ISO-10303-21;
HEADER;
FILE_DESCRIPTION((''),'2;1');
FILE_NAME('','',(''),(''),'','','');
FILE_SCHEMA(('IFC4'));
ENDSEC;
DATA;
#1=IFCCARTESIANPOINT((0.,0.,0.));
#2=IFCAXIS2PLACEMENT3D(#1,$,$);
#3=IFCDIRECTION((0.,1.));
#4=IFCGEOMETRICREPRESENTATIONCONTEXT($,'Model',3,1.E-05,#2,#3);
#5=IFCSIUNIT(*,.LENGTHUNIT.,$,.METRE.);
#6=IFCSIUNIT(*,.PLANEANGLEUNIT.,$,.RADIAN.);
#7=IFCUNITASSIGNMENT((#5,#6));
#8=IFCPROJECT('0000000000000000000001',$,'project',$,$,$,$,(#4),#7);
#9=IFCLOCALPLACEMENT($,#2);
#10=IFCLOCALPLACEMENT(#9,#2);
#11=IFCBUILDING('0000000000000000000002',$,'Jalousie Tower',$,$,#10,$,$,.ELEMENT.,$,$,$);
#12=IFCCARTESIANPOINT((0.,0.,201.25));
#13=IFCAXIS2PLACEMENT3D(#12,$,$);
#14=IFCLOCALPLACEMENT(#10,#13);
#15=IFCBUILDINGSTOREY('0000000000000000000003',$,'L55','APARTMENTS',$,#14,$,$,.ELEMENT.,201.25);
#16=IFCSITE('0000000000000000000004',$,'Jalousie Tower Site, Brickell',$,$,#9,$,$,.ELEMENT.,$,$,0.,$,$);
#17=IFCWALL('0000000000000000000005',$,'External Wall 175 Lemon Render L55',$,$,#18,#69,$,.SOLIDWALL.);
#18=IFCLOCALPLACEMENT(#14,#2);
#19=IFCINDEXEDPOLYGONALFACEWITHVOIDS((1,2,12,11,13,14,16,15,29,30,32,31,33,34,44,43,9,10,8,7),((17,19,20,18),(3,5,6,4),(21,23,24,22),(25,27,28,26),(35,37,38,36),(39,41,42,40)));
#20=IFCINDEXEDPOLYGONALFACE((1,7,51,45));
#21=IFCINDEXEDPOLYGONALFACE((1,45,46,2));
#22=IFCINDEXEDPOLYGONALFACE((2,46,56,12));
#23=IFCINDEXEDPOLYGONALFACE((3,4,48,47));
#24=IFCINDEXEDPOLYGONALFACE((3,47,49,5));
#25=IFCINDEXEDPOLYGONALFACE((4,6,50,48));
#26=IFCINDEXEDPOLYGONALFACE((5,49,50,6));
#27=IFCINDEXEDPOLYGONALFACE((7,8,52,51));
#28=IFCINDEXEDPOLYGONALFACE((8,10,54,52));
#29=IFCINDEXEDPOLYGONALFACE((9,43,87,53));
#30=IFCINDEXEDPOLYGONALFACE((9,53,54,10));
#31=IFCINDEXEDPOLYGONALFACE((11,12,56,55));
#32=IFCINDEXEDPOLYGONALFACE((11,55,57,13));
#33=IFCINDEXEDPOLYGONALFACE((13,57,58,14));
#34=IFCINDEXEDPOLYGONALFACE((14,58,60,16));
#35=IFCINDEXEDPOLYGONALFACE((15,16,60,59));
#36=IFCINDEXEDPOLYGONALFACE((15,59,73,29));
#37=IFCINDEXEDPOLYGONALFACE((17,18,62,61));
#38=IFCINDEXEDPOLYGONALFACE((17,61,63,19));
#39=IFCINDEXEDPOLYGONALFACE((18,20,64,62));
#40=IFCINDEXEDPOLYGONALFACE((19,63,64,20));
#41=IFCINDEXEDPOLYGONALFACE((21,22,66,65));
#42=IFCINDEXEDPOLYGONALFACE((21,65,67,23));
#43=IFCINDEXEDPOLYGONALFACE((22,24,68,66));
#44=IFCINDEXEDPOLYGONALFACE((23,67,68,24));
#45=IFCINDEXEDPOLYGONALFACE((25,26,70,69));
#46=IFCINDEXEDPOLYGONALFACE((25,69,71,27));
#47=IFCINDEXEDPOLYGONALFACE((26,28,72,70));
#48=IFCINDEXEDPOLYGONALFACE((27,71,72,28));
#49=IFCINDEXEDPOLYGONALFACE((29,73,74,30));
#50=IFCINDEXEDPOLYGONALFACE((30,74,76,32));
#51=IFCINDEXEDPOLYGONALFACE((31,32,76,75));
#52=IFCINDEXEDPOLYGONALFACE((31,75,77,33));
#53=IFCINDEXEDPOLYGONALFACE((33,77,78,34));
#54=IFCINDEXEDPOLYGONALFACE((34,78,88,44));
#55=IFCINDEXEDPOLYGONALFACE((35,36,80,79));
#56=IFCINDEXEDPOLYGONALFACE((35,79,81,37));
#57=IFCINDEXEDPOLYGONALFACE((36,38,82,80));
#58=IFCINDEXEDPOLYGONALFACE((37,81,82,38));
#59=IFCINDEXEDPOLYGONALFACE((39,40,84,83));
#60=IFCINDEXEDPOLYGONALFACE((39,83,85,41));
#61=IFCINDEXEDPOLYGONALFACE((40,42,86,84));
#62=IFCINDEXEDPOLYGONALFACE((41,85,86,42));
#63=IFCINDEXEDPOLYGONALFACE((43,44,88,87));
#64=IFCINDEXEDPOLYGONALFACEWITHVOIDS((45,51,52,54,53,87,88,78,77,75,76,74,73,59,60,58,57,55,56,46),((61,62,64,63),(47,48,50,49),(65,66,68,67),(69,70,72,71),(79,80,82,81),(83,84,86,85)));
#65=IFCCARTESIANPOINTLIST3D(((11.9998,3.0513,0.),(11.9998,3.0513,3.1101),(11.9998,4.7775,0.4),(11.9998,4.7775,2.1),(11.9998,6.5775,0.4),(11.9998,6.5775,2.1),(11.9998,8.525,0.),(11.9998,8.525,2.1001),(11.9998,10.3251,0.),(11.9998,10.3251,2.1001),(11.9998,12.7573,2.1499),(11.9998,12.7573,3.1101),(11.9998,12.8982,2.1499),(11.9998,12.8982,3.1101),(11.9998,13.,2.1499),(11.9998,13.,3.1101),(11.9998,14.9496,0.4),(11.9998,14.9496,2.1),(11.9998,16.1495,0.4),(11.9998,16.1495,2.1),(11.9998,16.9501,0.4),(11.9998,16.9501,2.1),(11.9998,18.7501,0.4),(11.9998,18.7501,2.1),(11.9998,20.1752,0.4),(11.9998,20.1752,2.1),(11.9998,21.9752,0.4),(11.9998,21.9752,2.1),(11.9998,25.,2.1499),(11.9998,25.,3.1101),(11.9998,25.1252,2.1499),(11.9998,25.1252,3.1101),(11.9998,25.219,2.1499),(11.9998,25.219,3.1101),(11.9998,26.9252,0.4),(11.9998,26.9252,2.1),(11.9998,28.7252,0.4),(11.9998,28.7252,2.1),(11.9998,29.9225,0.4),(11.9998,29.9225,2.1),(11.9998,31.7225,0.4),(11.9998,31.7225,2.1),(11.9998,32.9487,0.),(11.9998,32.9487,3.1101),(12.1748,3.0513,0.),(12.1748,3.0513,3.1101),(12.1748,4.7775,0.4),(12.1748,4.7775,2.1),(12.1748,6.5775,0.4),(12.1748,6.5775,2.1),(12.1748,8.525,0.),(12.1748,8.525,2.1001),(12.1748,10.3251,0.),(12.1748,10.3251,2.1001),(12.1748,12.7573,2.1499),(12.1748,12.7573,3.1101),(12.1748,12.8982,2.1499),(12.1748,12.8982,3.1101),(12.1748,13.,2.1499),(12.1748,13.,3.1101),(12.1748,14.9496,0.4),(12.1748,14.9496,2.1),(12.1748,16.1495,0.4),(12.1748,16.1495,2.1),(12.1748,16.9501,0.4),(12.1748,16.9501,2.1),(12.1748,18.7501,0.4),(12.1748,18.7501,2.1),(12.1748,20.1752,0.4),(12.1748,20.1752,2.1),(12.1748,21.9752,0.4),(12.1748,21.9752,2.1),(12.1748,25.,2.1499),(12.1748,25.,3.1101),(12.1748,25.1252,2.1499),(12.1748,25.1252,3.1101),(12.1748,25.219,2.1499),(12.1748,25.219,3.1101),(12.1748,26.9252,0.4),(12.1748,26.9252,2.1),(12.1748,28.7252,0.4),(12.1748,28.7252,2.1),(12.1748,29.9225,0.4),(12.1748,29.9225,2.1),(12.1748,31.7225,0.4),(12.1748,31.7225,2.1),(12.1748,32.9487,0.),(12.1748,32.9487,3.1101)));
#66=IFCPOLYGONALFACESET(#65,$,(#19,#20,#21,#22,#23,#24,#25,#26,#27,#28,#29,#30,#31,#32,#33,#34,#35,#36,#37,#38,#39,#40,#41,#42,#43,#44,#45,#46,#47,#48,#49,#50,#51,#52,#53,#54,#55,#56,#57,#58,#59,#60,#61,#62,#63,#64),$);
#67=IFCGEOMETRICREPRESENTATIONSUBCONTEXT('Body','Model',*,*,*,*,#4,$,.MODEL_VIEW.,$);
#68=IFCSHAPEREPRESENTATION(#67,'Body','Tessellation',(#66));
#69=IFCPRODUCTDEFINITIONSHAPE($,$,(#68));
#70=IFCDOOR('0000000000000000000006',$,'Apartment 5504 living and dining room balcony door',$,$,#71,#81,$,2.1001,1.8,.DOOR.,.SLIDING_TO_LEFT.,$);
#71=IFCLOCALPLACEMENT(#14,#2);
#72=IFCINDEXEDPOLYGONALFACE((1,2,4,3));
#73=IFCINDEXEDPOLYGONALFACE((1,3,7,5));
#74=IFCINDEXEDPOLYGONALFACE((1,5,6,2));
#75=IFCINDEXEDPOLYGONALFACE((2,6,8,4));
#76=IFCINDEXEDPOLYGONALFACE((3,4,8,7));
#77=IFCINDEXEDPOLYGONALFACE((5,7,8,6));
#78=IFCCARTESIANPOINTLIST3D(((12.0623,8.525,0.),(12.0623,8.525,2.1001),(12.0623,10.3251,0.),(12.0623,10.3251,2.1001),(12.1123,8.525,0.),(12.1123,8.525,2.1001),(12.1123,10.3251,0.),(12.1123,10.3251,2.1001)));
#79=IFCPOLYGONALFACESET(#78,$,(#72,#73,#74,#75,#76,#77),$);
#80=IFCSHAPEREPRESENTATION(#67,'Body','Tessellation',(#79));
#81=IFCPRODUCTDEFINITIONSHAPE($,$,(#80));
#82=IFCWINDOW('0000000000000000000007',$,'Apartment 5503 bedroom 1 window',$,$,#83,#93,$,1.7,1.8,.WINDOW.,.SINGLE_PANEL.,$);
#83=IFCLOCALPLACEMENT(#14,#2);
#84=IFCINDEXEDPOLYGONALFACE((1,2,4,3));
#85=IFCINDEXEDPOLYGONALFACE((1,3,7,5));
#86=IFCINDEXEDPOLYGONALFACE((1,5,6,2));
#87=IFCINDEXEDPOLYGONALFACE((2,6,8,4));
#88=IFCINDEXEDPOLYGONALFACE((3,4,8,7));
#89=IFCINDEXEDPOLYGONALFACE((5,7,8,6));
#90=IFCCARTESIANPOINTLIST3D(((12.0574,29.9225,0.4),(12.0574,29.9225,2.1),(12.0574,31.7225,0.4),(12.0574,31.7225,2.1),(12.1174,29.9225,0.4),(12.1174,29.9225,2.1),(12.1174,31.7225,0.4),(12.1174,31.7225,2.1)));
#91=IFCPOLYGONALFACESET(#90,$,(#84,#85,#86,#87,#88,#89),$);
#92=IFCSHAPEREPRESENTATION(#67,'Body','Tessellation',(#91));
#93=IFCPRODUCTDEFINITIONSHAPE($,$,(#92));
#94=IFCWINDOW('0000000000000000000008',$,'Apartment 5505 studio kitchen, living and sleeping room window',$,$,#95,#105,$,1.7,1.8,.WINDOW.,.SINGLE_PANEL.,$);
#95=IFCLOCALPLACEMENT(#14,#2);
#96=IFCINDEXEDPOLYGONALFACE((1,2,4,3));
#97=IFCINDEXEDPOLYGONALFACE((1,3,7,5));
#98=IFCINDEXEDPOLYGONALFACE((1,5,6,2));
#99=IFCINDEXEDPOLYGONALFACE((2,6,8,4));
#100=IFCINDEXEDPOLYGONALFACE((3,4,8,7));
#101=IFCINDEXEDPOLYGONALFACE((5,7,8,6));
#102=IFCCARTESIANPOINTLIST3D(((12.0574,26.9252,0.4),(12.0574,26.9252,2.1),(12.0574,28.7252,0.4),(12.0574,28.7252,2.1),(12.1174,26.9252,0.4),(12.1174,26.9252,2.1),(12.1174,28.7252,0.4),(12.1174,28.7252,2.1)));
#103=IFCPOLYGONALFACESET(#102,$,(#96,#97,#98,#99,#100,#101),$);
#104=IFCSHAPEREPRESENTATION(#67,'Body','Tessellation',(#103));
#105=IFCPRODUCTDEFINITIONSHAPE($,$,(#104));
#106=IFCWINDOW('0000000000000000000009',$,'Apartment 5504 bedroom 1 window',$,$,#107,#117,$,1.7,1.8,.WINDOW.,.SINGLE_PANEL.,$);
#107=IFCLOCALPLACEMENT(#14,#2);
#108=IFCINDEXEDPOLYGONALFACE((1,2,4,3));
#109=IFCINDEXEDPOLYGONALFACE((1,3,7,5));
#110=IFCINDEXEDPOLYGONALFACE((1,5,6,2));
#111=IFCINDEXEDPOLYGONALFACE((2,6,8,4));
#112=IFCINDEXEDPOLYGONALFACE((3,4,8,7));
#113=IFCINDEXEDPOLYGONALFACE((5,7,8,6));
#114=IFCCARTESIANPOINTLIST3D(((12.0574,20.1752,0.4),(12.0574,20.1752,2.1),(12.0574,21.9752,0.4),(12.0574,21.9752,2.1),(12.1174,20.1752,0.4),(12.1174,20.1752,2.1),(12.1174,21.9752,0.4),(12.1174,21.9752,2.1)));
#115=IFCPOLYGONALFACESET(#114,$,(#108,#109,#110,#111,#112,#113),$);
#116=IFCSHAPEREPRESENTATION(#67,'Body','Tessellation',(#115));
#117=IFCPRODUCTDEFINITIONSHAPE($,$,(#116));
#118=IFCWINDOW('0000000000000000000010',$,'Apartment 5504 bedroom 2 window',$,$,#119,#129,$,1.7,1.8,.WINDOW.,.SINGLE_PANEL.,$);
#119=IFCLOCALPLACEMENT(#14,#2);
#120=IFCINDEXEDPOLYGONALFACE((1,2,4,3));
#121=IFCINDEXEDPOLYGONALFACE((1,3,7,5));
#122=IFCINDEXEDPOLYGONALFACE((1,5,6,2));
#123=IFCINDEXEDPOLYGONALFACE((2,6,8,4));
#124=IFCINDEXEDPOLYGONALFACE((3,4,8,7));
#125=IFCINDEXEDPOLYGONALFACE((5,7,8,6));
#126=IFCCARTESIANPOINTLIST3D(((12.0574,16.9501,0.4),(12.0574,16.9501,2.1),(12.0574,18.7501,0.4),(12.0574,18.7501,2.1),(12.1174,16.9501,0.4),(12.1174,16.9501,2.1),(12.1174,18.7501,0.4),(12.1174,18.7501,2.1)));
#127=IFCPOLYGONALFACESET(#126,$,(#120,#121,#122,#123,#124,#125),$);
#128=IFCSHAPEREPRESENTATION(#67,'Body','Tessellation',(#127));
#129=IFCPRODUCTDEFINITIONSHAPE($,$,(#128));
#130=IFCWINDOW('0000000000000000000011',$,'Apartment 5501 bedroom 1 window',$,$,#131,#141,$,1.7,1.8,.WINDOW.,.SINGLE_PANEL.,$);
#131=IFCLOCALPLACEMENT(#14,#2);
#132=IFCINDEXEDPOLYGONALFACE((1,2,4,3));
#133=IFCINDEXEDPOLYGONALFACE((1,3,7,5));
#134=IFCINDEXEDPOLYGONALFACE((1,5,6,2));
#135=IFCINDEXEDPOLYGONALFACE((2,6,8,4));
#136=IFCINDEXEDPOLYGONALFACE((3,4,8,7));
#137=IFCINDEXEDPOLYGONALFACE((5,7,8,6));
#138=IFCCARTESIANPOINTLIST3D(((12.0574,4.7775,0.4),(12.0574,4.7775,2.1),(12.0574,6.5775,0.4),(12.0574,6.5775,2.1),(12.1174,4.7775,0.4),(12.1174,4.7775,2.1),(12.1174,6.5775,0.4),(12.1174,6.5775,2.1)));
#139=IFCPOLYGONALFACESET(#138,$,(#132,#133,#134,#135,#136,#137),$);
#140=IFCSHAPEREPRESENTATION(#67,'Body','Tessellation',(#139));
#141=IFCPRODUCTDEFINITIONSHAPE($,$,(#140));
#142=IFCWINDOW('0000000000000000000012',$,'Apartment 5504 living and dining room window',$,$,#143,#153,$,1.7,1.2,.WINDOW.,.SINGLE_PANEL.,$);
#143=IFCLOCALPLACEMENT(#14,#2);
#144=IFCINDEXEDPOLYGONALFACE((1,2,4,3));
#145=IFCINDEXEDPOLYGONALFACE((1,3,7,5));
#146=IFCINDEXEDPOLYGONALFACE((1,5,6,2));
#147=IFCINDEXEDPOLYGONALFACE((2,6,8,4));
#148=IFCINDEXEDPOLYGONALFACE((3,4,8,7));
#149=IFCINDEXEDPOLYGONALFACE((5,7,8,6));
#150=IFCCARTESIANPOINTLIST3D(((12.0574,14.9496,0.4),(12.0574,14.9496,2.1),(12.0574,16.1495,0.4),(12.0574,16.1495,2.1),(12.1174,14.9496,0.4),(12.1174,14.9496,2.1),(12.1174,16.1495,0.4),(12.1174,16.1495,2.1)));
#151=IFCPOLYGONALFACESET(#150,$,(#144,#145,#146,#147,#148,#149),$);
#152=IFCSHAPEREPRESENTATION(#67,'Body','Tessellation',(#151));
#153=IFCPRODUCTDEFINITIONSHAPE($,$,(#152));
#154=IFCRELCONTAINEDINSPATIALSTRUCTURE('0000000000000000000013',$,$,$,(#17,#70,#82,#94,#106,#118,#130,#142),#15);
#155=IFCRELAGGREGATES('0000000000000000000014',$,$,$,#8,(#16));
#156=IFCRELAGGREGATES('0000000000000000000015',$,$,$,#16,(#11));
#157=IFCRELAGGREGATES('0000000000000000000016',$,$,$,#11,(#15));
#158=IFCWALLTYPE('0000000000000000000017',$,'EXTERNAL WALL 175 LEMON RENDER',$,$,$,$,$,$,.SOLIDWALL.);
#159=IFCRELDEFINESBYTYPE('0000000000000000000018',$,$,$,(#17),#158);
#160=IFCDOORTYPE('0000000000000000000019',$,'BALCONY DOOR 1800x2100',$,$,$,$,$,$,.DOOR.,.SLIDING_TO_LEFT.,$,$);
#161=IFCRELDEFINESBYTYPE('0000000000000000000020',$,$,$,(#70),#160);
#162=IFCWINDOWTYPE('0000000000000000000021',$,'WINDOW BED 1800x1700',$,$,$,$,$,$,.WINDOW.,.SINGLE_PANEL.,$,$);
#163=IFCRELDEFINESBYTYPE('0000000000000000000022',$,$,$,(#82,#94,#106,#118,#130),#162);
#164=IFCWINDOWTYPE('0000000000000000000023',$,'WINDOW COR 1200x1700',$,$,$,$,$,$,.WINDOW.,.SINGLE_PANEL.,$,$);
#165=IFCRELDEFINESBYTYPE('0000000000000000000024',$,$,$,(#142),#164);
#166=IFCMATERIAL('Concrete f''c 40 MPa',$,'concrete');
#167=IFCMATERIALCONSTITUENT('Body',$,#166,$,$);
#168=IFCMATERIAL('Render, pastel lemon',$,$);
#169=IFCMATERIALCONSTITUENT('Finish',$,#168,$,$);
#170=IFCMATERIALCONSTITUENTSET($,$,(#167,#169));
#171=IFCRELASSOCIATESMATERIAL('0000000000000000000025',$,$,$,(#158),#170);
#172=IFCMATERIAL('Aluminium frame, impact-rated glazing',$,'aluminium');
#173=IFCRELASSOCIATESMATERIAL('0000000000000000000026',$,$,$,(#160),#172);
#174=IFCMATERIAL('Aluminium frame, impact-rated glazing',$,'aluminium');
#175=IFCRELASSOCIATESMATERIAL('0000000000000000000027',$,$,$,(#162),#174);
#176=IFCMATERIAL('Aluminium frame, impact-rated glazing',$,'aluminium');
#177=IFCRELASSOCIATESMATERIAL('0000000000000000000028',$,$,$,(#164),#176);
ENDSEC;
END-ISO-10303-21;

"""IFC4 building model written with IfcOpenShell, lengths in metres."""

from ifc_helpers import new_model, si_unit, direction, frame, frame_2d, origin, place, context, subcontext, project, spatial, polyline, rectangle, outline, extrude, material, constituent, constituent_set, type_object, element, fill, save


model = new_model("IFC4")

# Units and contexts
model_context = context("Model", 3, precision=1e-05, world=origin(), true_north=direction((0.0, 1.0)))
body_context = subcontext(model_context, "Body", "Model", "MODEL_VIEW")
ifc_project = project(units=[si_unit("LENGTHUNIT", "METRE"), si_unit("PLANEANGLEUNIT", "RADIAN")], contexts=[model_context])

# Site, building, storey
site_placement = place(None, origin())
site = spatial("IfcSite", under=ifc_project, at=site_placement, Name="Jalousie Tower Site, Brickell", CompositionType="ELEMENT", RefElevation=0.0)
building_placement = place(site_placement, origin())
building = spatial("IfcBuilding", under=site, at=building_placement, Name="Jalousie Tower", CompositionType="ELEMENT")
storey_placement = place(building_placement, frame((0.0, 0.0, 201.25)))
storey = spatial("IfcBuildingStorey", under=building, at=storey_placement, Name="L55", Description="APARTMENTS", CompositionType="ELEMENT", Elevation=201.25)

# Wall, openings, door, windows
ifc_material_1 = material(Name="Concrete f'c 40 MPa", Category="concrete")
ifc_constituent_1 = constituent(ifc_material_1, Name="Body")
ifc_material_2 = material(Name="Render, pastel lemon")
ifc_constituent_2 = constituent(ifc_material_2, Name="Finish")
ifc_constituent_set_1 = constituent_set(constituents=[ifc_constituent_1, ifc_constituent_2])
wall_type_1 = type_object("IfcWallType", Name="EXTERNAL WALL 175 LEMON RENDER", PredefinedType="SOLIDWALL", material=ifc_constituent_set_1)
wall_1_placement = place(storey_placement, frame((12.0874, 32.9487, 0.0), z_axis=(0.0, 0.0, 1.0), x_axis=(0.0, -1.0, 0.0)))
wall_1 = element("IfcWall", 1, at=wall_1_placement, inside=storey, type_object=wall_type_1, Name="External Wall 175 Lemon Render L55", PredefinedType="SOLIDWALL", context=body_context, shape_type="SweptSolid", body=[
    extrude(outline(polyline([(0.0, 0.0), (29.8975, 0.0), (29.8975, 3.1101), (20.1914, 3.1101), (20.1914, 2.1499), (20.0505, 2.1499), (20.0505, 3.1101), (19.9487, 3.1101), (19.9487, 2.1499), (7.9487, 2.1499), (7.9487, 3.1101), (7.8235, 3.1101), (7.8235, 2.1499), (7.7297, 2.1499), (7.7297, 3.1101), (0.0, 3.1101), (0.0, 0.0)])), frame((0.0, 0.0874, 0.0), z_axis=(0.0, -1.0, 0.0), x_axis=(1.0, 0.0, 0.0)), (0.0, 0.0, 1.0), 0.175),
])
opening_1_placement = place(wall_1_placement, frame((1.2263, 0.0, 0.3999)))
opening_1 = element("IfcOpeningElement", 2, at=opening_1_placement, cuts=wall_1, PredefinedType="OPENING", context=body_context, shape_type="SweptSolid", body=[
    extrude(rectangle(XDim=1.8, YDim=1.7, at=frame_2d((0.8999, 0.8501))), frame((0.0, 0.0974, 0.0), z_axis=(0.0, -1.0, 0.0), x_axis=(1.0, 0.0, 0.0)), (0.0, 0.0, 1.0), 0.1951),
])
opening_2_placement = place(wall_1_placement, frame((4.2236, 0.0, 0.3999)))
opening_2 = element("IfcOpeningElement", 3, at=opening_2_placement, cuts=wall_1, PredefinedType="OPENING", context=body_context, shape_type="SweptSolid", body=[
    extrude(rectangle(XDim=1.8, YDim=1.7, at=frame_2d((0.8999, 0.8501))), frame((0.0, 0.0974, 0.0), z_axis=(0.0, -1.0, 0.0), x_axis=(1.0, 0.0, 0.0)), (0.0, 0.0, 1.0), 0.1951),
])
opening_3_placement = place(wall_1_placement, frame((10.9736, 0.0, 0.3999)))
opening_3 = element("IfcOpeningElement", 4, at=opening_3_placement, cuts=wall_1, PredefinedType="OPENING", context=body_context, shape_type="SweptSolid", body=[
    extrude(rectangle(XDim=1.8, YDim=1.7, at=frame_2d((0.8999, 0.8501))), frame((0.0, 0.0974, 0.0), z_axis=(0.0, -1.0, 0.0), x_axis=(1.0, 0.0, 0.0)), (0.0, 0.0, 1.0), 0.1951),
])
opening_4_placement = place(wall_1_placement, frame((14.1987, 0.0, 0.3999)))
opening_4 = element("IfcOpeningElement", 5, at=opening_4_placement, cuts=wall_1, PredefinedType="OPENING", context=body_context, shape_type="SweptSolid", body=[
    extrude(rectangle(XDim=1.8, YDim=1.7, at=frame_2d((0.8999, 0.8501))), frame((0.0, 0.0974, 0.0), z_axis=(0.0, -1.0, 0.0), x_axis=(1.0, 0.0, 0.0)), (0.0, 0.0, 1.0), 0.1951),
])
opening_5_placement = place(wall_1_placement, frame((22.6238, 0.0, 0.0)))
opening_5 = element("IfcOpeningElement", 6, at=opening_5_placement, cuts=wall_1, PredefinedType="OPENING", context=body_context, shape_type="SweptSolid", body=[
    extrude(rectangle(XDim=1.8, YDim=2.1001, at=frame_2d((0.8999, 1.05))), frame((0.0, 0.0974, 0.0), z_axis=(0.0, -1.0, 0.0), x_axis=(1.0, 0.0, 0.0)), (0.0, 0.0, 1.0), 0.1951),
])
opening_6_placement = place(wall_1_placement, frame((16.7991, 0.0, 0.3999)))
opening_6 = element("IfcOpeningElement", 7, at=opening_6_placement, cuts=wall_1, PredefinedType="OPENING", context=body_context, shape_type="SweptSolid", body=[
    extrude(rectangle(XDim=1.2, YDim=1.7, at=frame_2d((0.6001, 0.8501))), frame((0.0, 0.0974, 0.0), z_axis=(0.0, -1.0, 0.0), x_axis=(1.0, 0.0, 0.0)), (0.0, 0.0, 1.0), 0.1951),
])
opening_7_placement = place(wall_1_placement, frame((26.3713, 0.0, 0.3999)))
opening_7 = element("IfcOpeningElement", 8, at=opening_7_placement, cuts=wall_1, PredefinedType="OPENING", context=body_context, shape_type="SweptSolid", body=[
    extrude(rectangle(XDim=1.8, YDim=1.7, at=frame_2d((0.8999, 0.8501))), frame((0.0, 0.0974, 0.0), z_axis=(0.0, -1.0, 0.0), x_axis=(1.0, 0.0, 0.0)), (0.0, 0.0, 1.0), 0.1951),
])
ifc_material_3 = material(Name="Aluminium frame, impact-rated glazing", Category="aluminium")
door_type_1 = type_object("IfcDoorType", Name="BALCONY DOOR 1800x2100", OperationType="SLIDING_TO_LEFT", PredefinedType="DOOR", material=ifc_material_3)
door_1_placement = place(opening_5_placement, origin())
door_1 = element("IfcDoor", 9, at=door_1_placement, inside=storey, type_object=door_type_1, Name="Apartment 5504 living and dining room balcony door", OperationType="SLIDING_TO_LEFT", OverallHeight=2.1001, OverallWidth=1.8, PredefinedType="DOOR", context=body_context, shape_type="SweptSolid", body=[
    extrude(rectangle(XDim=1.8, YDim=2.1001, at=frame_2d((0.8999, 1.05))), frame((0.0, 0.0249, 0.0), z_axis=(0.0, -1.0, 0.0), x_axis=(1.0, 0.0, 0.0)), (0.0, 0.0, 1.0), 0.05),
])
fill(opening_5, door_1)
ifc_material_4 = material(Name="Aluminium frame, impact-rated glazing", Category="aluminium")
window_type_1 = type_object("IfcWindowType", Name="WINDOW BED 1800x1700", PartitioningType="SINGLE_PANEL", PredefinedType="WINDOW", material=ifc_material_4)
window_1_placement = place(opening_1_placement, origin())
window_1 = element("IfcWindow", 10, at=window_1_placement, inside=storey, type_object=window_type_1, Name="Apartment 5503 bedroom 1 window", OverallHeight=1.7, OverallWidth=1.8, PartitioningType="SINGLE_PANEL", PredefinedType="WINDOW", context=body_context, shape_type="SweptSolid", body=[
    extrude(rectangle(XDim=1.8, YDim=1.7, at=frame_2d((0.8999, 0.8501))), frame((0.0, 0.03, 0.0), z_axis=(0.0, -1.0, 0.0), x_axis=(1.0, 0.0, 0.0)), (0.0, 0.0, 1.0), 0.0601),
])
fill(opening_1, window_1)
window_2_placement = place(opening_2_placement, origin())
window_2 = element("IfcWindow", 11, at=window_2_placement, inside=storey, type_object=window_type_1, Name="Apartment 5505 studio kitchen, living and sleeping room window", OverallHeight=1.7, OverallWidth=1.8, PartitioningType="SINGLE_PANEL", PredefinedType="WINDOW", context=body_context, shape_type="SweptSolid", body=[
    extrude(rectangle(XDim=1.8, YDim=1.7, at=frame_2d((0.8999, 0.8501))), frame((0.0, 0.03, 0.0), z_axis=(0.0, -1.0, 0.0), x_axis=(1.0, 0.0, 0.0)), (0.0, 0.0, 1.0), 0.0601),
])
fill(opening_2, window_2)
window_3_placement = place(opening_3_placement, origin())
window_3 = element("IfcWindow", 12, at=window_3_placement, inside=storey, type_object=window_type_1, Name="Apartment 5504 bedroom 1 window", OverallHeight=1.7, OverallWidth=1.8, PartitioningType="SINGLE_PANEL", PredefinedType="WINDOW", context=body_context, shape_type="SweptSolid", body=[
    extrude(rectangle(XDim=1.8, YDim=1.7, at=frame_2d((0.8999, 0.8501))), frame((0.0, 0.03, 0.0), z_axis=(0.0, -1.0, 0.0), x_axis=(1.0, 0.0, 0.0)), (0.0, 0.0, 1.0), 0.0601),
])
fill(opening_3, window_3)
window_4_placement = place(opening_4_placement, origin())
window_4 = element("IfcWindow", 13, at=window_4_placement, inside=storey, type_object=window_type_1, Name="Apartment 5504 bedroom 2 window", OverallHeight=1.7, OverallWidth=1.8, PartitioningType="SINGLE_PANEL", PredefinedType="WINDOW", context=body_context, shape_type="SweptSolid", body=[
    extrude(rectangle(XDim=1.8, YDim=1.7, at=frame_2d((0.8999, 0.8501))), frame((0.0, 0.03, 0.0), z_axis=(0.0, -1.0, 0.0), x_axis=(1.0, 0.0, 0.0)), (0.0, 0.0, 1.0), 0.0601),
])
fill(opening_4, window_4)
window_5_placement = place(opening_7_placement, origin())
window_5 = element("IfcWindow", 14, at=window_5_placement, inside=storey, type_object=window_type_1, Name="Apartment 5501 bedroom 1 window", OverallHeight=1.7, OverallWidth=1.8, PartitioningType="SINGLE_PANEL", PredefinedType="WINDOW", context=body_context, shape_type="SweptSolid", body=[
    extrude(rectangle(XDim=1.8, YDim=1.7, at=frame_2d((0.8999, 0.8501))), frame((0.0, 0.03, 0.0), z_axis=(0.0, -1.0, 0.0), x_axis=(1.0, 0.0, 0.0)), (0.0, 0.0, 1.0), 0.0601),
])
fill(opening_7, window_5)
ifc_material_5 = material(Name="Aluminium frame, impact-rated glazing", Category="aluminium")
window_type_2 = type_object("IfcWindowType", Name="WINDOW COR 1200x1700", PartitioningType="SINGLE_PANEL", PredefinedType="WINDOW", material=ifc_material_5)
window_6_placement = place(opening_6_placement, origin())
window_6 = element("IfcWindow", 15, at=window_6_placement, inside=storey, type_object=window_type_2, Name="Apartment 5504 living and dining room window", OverallHeight=1.7, OverallWidth=1.2, PartitioningType="SINGLE_PANEL", PredefinedType="WINDOW", context=body_context, shape_type="SweptSolid", body=[
    extrude(rectangle(XDim=1.2, YDim=1.7, at=frame_2d((0.6001, 0.8501))), frame((0.0, 0.03, 0.0), z_axis=(0.0, -1.0, 0.0), x_axis=(1.0, 0.0, 0.0)), (0.0, 0.0, 1.0), 0.0601),
])
fill(opening_6, window_6)

save(model, "model.ifc")
